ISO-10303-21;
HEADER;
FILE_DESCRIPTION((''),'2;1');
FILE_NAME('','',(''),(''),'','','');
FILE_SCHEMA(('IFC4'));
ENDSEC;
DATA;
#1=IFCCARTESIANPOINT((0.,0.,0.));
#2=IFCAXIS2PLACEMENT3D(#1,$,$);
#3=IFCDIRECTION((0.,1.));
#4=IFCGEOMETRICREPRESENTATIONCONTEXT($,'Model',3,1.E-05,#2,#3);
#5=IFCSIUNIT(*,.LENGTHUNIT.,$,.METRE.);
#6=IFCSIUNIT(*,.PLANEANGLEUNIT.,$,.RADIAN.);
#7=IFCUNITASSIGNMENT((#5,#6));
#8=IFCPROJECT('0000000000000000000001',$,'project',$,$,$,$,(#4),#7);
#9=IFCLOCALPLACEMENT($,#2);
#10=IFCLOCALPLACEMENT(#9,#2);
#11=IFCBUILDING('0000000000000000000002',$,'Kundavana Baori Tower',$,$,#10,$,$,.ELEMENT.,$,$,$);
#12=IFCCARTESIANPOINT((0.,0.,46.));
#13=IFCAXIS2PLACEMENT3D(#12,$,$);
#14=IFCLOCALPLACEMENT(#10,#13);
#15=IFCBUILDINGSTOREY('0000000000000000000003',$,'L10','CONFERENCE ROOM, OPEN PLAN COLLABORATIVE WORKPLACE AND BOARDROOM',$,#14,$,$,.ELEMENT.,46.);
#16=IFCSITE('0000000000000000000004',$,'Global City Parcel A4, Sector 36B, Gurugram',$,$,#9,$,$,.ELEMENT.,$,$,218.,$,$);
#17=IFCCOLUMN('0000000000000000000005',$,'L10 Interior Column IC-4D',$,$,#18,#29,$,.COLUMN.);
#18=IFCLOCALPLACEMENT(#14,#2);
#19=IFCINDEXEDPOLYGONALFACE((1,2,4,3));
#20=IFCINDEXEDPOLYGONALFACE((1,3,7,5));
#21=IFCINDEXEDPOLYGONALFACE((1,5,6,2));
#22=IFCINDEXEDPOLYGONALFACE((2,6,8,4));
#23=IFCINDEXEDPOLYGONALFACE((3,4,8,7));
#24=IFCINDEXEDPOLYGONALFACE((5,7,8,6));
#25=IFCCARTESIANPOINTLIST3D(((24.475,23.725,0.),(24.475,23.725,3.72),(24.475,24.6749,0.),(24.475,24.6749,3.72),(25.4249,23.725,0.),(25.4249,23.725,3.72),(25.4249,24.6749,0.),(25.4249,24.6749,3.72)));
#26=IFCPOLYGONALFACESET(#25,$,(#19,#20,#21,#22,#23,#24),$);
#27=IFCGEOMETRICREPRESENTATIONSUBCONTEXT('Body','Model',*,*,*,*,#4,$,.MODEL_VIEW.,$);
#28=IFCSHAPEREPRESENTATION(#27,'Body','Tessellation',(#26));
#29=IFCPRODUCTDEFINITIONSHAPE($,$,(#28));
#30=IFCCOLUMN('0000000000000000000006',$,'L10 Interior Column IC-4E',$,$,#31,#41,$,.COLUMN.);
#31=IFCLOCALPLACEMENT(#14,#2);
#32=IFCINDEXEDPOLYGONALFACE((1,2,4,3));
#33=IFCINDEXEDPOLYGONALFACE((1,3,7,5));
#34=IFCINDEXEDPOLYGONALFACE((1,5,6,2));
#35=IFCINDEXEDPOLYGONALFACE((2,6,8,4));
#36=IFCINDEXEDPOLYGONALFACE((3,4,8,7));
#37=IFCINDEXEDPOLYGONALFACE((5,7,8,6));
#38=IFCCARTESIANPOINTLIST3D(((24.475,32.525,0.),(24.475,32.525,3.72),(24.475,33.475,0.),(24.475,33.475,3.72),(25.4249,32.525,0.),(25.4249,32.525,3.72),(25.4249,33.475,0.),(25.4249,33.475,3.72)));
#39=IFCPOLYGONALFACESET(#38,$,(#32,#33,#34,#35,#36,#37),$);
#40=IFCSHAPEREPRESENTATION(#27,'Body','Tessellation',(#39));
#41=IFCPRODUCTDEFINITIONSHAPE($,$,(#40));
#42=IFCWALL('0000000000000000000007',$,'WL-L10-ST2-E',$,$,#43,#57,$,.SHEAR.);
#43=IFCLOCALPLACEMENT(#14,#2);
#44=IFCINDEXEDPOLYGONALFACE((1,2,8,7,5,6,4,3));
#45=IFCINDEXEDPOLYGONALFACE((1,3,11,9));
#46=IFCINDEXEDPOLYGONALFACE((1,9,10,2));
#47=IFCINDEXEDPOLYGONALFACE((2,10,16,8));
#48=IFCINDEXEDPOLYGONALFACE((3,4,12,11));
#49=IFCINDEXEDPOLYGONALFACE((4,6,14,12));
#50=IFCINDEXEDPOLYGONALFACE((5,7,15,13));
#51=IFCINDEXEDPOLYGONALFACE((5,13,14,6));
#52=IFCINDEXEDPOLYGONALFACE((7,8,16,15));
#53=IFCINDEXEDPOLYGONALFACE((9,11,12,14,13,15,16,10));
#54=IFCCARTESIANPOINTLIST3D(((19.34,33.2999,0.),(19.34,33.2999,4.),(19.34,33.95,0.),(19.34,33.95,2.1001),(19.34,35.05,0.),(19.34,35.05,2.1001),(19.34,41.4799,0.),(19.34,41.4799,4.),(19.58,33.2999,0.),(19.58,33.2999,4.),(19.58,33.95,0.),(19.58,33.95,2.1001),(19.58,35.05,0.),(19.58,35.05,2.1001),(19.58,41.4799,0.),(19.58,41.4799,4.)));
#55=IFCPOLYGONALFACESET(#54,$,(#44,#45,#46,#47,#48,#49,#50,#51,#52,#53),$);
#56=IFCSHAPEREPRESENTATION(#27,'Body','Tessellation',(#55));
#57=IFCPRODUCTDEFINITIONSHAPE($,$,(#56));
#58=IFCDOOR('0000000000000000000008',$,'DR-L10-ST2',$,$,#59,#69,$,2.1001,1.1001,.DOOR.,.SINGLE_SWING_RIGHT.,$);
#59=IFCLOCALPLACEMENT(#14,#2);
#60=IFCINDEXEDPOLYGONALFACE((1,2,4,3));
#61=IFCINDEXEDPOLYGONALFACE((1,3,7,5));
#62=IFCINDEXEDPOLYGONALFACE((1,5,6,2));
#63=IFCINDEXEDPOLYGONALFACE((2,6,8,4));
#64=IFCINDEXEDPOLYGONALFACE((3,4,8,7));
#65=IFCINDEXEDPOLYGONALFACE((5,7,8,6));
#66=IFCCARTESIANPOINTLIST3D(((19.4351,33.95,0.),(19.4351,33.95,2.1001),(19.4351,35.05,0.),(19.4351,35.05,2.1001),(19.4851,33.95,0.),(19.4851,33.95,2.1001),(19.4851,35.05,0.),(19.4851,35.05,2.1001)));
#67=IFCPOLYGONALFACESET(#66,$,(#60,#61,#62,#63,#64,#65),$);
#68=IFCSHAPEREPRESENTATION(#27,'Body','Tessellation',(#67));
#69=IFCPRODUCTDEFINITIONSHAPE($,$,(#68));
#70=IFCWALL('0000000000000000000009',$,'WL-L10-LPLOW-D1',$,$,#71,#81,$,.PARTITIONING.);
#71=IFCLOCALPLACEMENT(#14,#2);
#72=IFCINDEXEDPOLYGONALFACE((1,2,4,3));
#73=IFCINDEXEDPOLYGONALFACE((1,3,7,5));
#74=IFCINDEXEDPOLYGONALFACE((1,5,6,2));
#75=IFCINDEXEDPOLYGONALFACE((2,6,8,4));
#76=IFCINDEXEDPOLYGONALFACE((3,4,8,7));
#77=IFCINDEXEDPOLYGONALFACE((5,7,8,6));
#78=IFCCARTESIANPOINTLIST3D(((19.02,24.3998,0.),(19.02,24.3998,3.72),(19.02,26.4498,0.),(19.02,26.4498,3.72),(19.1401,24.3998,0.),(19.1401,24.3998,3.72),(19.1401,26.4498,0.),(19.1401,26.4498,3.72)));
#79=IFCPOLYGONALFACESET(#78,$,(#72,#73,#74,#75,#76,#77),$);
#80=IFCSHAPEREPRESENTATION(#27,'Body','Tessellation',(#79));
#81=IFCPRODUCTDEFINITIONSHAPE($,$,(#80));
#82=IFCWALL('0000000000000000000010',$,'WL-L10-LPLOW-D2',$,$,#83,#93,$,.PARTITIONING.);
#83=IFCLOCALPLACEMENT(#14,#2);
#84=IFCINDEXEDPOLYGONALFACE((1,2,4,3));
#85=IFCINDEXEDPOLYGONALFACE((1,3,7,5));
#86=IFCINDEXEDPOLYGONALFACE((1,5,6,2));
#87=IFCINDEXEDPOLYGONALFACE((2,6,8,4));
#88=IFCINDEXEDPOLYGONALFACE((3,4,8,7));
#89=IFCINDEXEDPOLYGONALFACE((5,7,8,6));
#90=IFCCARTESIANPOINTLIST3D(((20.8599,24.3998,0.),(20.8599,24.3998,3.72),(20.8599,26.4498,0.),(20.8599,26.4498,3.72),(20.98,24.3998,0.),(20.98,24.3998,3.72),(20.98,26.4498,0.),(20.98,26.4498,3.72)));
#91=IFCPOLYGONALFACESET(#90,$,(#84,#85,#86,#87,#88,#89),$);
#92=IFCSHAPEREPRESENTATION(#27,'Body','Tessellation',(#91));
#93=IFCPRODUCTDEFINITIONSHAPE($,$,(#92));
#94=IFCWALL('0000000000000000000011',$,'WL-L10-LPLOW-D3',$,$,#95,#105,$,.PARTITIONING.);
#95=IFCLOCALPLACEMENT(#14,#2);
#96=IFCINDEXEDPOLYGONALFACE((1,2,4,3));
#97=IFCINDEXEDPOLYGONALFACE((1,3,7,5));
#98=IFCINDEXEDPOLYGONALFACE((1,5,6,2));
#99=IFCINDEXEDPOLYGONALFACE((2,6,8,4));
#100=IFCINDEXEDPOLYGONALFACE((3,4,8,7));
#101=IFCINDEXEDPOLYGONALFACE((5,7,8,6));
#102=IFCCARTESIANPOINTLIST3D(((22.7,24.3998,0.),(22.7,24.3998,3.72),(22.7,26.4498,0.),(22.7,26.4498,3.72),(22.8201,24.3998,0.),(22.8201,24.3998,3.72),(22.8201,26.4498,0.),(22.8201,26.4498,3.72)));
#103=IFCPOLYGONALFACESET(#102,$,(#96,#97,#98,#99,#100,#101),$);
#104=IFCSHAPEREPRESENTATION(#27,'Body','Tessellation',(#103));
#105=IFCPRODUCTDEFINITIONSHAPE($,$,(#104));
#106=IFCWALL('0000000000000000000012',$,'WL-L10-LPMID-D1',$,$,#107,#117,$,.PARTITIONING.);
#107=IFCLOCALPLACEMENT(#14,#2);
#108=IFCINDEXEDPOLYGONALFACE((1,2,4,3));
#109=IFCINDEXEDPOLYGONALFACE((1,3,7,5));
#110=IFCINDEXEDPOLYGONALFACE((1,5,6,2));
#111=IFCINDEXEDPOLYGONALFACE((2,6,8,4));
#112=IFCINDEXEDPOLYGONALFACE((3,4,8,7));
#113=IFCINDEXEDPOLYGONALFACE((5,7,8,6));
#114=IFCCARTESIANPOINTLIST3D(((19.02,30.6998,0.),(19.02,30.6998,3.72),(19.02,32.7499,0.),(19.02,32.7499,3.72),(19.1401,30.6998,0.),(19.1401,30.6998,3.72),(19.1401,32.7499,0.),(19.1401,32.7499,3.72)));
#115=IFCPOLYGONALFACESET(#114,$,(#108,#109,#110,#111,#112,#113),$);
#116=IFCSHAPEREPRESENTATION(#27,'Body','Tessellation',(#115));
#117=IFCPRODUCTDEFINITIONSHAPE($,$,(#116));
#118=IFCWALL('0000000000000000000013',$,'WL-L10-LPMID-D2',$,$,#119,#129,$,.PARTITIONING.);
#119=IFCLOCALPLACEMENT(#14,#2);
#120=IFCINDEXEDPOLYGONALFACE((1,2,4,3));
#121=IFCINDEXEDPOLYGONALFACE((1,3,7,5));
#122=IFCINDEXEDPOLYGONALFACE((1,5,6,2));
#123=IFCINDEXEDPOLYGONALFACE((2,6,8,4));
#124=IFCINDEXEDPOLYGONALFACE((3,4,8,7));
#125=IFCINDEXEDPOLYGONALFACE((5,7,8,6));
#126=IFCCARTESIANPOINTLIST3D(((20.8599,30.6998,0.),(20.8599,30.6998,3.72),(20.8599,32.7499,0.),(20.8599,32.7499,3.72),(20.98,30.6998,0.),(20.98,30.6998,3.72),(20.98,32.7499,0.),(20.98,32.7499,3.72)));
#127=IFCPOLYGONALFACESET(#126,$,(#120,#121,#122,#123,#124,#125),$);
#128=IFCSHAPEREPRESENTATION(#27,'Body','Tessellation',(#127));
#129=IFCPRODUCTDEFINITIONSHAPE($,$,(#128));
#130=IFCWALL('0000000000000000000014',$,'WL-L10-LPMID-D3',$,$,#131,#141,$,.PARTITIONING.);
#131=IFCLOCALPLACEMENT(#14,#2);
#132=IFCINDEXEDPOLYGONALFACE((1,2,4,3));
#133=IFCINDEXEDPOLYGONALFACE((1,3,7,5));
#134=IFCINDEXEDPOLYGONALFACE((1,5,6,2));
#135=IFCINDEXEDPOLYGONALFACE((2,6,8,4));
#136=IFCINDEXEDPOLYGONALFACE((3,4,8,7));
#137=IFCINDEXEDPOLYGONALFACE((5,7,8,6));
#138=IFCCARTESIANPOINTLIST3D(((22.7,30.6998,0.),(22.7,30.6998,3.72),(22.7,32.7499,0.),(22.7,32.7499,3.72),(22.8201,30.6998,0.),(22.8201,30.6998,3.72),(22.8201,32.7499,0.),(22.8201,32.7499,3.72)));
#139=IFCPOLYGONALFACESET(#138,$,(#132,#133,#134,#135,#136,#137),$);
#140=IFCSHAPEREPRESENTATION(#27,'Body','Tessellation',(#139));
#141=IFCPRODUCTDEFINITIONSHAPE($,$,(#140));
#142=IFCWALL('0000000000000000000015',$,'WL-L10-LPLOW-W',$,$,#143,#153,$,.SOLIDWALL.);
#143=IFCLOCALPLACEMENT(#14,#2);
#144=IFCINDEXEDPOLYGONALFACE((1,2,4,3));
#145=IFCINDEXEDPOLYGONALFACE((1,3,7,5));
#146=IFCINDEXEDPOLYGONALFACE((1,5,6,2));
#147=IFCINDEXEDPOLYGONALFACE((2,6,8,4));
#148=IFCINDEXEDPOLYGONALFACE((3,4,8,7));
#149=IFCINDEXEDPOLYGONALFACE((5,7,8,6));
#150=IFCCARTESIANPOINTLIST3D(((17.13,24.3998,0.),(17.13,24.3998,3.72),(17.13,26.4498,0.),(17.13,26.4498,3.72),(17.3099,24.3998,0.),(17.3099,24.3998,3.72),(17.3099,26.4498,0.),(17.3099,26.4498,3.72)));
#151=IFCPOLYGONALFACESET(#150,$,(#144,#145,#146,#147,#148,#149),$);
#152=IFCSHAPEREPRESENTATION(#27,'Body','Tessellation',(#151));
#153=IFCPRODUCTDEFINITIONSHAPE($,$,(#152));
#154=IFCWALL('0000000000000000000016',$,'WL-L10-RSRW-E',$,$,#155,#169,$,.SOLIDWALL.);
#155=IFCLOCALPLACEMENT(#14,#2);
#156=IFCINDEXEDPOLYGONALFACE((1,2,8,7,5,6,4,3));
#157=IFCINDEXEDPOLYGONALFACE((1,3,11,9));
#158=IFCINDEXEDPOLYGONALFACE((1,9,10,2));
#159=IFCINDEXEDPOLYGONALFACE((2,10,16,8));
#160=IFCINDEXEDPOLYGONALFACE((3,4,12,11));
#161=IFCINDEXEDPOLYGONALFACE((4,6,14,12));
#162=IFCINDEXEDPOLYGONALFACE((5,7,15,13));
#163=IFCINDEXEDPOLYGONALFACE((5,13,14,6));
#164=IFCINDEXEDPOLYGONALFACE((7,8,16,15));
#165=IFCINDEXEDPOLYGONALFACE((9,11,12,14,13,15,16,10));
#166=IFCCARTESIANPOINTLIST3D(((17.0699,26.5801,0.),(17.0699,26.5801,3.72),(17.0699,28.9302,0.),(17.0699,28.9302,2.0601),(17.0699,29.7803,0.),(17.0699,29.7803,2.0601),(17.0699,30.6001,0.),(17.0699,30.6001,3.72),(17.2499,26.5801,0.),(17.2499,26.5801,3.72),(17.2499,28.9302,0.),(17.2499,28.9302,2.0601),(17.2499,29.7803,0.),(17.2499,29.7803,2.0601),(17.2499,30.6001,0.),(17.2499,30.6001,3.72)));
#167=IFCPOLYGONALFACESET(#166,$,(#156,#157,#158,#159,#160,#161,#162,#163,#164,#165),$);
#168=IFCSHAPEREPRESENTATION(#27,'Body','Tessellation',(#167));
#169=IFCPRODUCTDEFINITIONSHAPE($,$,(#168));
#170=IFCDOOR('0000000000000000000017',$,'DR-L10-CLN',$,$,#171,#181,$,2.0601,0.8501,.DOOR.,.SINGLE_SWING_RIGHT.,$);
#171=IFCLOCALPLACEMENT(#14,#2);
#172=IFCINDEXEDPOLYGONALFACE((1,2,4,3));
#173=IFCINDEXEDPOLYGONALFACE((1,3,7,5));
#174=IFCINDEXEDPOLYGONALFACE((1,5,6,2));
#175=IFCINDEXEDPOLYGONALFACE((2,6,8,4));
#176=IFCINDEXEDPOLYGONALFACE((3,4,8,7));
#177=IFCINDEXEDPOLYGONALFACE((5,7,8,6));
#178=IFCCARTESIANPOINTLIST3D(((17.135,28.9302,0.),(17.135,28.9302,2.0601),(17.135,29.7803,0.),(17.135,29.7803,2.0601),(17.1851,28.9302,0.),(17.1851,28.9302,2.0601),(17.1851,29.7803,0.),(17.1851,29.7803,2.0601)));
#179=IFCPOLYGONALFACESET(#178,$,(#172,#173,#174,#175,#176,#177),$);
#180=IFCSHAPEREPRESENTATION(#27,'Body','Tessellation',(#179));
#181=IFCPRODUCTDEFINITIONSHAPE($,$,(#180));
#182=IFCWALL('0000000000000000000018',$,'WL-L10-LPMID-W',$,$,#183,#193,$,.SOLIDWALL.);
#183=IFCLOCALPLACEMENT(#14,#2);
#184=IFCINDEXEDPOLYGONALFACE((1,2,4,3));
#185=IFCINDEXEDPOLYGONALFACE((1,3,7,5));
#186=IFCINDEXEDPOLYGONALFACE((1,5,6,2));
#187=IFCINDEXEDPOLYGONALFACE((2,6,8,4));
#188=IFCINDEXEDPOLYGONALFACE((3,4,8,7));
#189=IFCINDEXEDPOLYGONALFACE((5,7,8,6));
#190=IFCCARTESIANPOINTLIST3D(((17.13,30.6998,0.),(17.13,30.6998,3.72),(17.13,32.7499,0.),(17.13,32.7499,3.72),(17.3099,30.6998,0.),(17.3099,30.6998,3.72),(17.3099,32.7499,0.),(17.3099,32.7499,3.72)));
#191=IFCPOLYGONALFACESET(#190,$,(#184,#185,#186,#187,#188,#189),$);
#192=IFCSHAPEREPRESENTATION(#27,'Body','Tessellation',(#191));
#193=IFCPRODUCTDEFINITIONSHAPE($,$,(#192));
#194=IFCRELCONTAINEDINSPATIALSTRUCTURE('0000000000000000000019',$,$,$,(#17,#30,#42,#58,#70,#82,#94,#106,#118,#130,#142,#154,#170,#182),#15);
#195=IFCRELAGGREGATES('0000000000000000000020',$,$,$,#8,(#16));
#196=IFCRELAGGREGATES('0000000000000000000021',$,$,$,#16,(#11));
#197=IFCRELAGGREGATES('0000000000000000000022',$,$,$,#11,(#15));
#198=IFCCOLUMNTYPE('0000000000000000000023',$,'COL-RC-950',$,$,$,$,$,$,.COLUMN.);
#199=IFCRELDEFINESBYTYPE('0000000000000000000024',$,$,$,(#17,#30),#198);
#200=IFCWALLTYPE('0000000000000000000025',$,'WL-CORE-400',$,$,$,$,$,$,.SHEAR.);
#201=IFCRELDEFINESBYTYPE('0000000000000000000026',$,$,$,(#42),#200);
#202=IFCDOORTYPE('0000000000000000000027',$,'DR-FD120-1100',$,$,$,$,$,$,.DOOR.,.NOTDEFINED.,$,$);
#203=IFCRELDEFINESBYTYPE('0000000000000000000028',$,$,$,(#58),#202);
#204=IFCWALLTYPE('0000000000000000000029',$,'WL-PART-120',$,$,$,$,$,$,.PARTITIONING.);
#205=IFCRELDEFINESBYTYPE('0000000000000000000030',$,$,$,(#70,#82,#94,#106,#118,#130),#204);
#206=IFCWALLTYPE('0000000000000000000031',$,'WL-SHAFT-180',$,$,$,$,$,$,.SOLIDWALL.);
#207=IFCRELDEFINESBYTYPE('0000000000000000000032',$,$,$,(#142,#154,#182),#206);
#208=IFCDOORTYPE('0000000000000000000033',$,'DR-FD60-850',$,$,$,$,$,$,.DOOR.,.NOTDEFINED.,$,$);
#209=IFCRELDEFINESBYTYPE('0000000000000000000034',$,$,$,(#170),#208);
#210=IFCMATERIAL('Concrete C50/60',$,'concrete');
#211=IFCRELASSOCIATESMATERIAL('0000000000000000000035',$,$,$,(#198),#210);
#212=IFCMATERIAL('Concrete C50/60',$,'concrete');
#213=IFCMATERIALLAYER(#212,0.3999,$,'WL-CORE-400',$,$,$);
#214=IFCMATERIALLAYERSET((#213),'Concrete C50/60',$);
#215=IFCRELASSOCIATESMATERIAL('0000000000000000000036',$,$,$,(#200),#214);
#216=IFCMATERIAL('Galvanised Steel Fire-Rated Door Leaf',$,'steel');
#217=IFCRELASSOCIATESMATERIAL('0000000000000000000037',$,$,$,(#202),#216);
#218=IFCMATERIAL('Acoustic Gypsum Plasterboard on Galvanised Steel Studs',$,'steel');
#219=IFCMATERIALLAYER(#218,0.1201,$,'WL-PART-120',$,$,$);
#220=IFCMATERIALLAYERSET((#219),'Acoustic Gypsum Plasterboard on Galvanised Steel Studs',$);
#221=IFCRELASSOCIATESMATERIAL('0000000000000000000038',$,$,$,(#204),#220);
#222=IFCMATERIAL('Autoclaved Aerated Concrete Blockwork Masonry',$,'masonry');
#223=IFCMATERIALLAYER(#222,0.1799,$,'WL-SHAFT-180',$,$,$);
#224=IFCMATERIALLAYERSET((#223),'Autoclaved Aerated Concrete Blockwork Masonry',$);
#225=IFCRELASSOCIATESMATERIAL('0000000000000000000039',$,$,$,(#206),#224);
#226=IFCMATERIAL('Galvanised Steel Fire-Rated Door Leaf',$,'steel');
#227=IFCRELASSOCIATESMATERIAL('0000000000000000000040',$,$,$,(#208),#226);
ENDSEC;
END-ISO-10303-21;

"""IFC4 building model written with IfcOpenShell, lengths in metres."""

from ifc_helpers import new_model, si_unit, direction, frame, frame_2d, origin, origin_2d, place, context, subcontext, project, spatial, rectangle, extrude, material, layer, layer_set, material_profile, profile_set, type_object, element, fill, save


model = new_model("IFC4")

# Units and contexts
model_context = context("Model", 3, precision=1e-05, world=origin(), true_north=direction((0.0, 1.0)))
body_context = subcontext(model_context, "Body", "Model", "MODEL_VIEW")
ifc_project = project(units=[si_unit("LENGTHUNIT", "METRE"), si_unit("PLANEANGLEUNIT", "RADIAN")], contexts=[model_context])

# Site, building, storey
site_placement = place(None, origin())
site = spatial("IfcSite", under=ifc_project, at=site_placement, Name="Global City Parcel A4, Sector 36B, Gurugram", CompositionType="ELEMENT", RefElevation=218.0)
building_placement = place(site_placement, origin())
building = spatial("IfcBuilding", under=site, at=building_placement, Name="Kundavana Baori Tower", CompositionType="ELEMENT")
storey_placement = place(building_placement, frame((0.0, 0.0, 46.0)))
storey = spatial("IfcBuildingStorey", under=building, at=storey_placement, Name="L10", Description="CONFERENCE ROOM, OPEN PLAN COLLABORATIVE WORKPLACE AND BOARDROOM", CompositionType="ELEMENT", Elevation=46.0)

# Columns
ifc_material_1 = material(Name="Concrete C50/60", Category="concrete")
ifc_material_profile = material_profile(ifc_material_1, rectangle(XDim=0.95, YDim=0.95, at=origin_2d()), Name="RC 950x950")
ifc_profile_set = profile_set([ifc_material_profile], Name="Concrete C50/60")
column_type = type_object("IfcColumnType", Name="COL-RC-950", PredefinedType="COLUMN", material=ifc_profile_set)
for number, where, z_axis, x_axis, name in (
    (1, (24.95, 24.2, 0.0), (0.0, 0.0, 1.0), (1.0, 0.0, 0.0), "L10 Interior Column IC-4D"),
    (2, (24.95, 33.0, 0.0), (0.0, 0.0, 1.0), (1.0, 0.0, 0.0), "L10 Interior Column IC-4E"),
):
    element("IfcColumn", number, at=place(storey_placement, frame(where, z_axis=z_axis, x_axis=x_axis)), inside=storey, type_object=column_type, Name=name, PredefinedType="COLUMN", context=body_context, shape_type="SweptSolid", body=[
        extrude(rectangle(XDim=0.95, YDim=0.95, at=origin_2d()), origin(), (0.0, 0.0, 1.0), 3.72),
    ])

# Wall, opening, door
ifc_material_2 = material(Name="Concrete C50/60", Category="concrete")
ifc_layer_1 = layer(ifc_material_2, 0.3999, Name="WL-CORE-400")
ifc_layer_set_1 = layer_set([ifc_layer_1], Name="Concrete C50/60")
wall_type_1 = type_object("IfcWallType", Name="WL-CORE-400", PredefinedType="SHEAR", material=ifc_layer_set_1)
wall_1_placement = place(storey_placement, frame((19.46, 33.3, 0.0), z_axis=(0.0, 0.0, 1.0), x_axis=(0.0, 1.0, 0.0)))
wall_1 = element("IfcWall", 3, at=wall_1_placement, inside=storey, type_object=wall_type_1, Name="WL-L10-ST2-E", PredefinedType="SHEAR", context=body_context, shape_type="SweptSolid", body=[
    extrude(rectangle(XDim=8.1799, YDim=0.24, at=frame_2d((4.0898, 0.0))), origin(), (0.0, 0.0, 1.0), 4.0),
])
opening_1_placement = place(wall_1_placement, frame((0.6499, 0.0, 0.0)))
opening_1 = element("IfcOpeningElement", 4, at=opening_1_placement, cuts=wall_1, PredefinedType="OPENING", context=body_context, shape_type="SweptSolid", body=[
    extrude(rectangle(XDim=1.1001, YDim=2.1001, at=frame_2d((0.55, 1.05))), frame((0.0, 0.1299, 0.0), z_axis=(0.0, -1.0, 0.0), x_axis=(1.0, 0.0, 0.0)), (0.0, 0.0, 1.0), 0.26),
])
ifc_material_3 = material(Name="Galvanised Steel Fire-Rated Door Leaf", Category="steel")
door_type_1 = type_object("IfcDoorType", Name="DR-FD120-1100", OperationType="NOTDEFINED", PredefinedType="DOOR", material=ifc_material_3)
door_1_placement = place(opening_1_placement, origin())
door_1 = element("IfcDoor", 5, at=door_1_placement, inside=storey, type_object=door_type_1, Name="DR-L10-ST2", OperationType="SINGLE_SWING_RIGHT", OverallHeight=2.1001, OverallWidth=1.1001, PredefinedType="DOOR", context=body_context, shape_type="SweptSolid", body=[
    extrude(rectangle(XDim=1.1001, YDim=2.1001, at=frame_2d((0.55, 1.05))), frame((0.0, 0.0249, 0.0), z_axis=(0.0, -1.0, 0.0), x_axis=(1.0, 0.0, 0.0)), (0.0, 0.0, 1.0), 0.05),
])
fill(opening_1, door_1)

# Walls
ifc_material_4 = material(Name="Acoustic Gypsum Plasterboard on Galvanised Steel Studs", Category="steel")
ifc_layer_2 = layer(ifc_material_4, 0.1201, Name="WL-PART-120")
ifc_layer_set_2 = layer_set([ifc_layer_2], Name="Acoustic Gypsum Plasterboard on Galvanised Steel Studs")
wall_type_2 = type_object("IfcWallType", Name="WL-PART-120", PredefinedType="PARTITIONING", material=ifc_layer_set_2)
for number, where, z_axis, x_axis, name in (
    (6, (19.0801, 24.3999, 0.0), (0.0, 0.0, 1.0), (0.0, 1.0, 0.0), "WL-L10-LPLOW-D1"),
    (7, (20.9199, 24.3999, 0.0), (0.0, 0.0, 1.0), (0.0, 1.0, 0.0), "WL-L10-LPLOW-D2"),
    (8, (22.76, 24.3999, 0.0), (0.0, 0.0, 1.0), (0.0, 1.0, 0.0), "WL-L10-LPLOW-D3"),
    (9, (19.0801, 30.7, 0.0), (0.0, 0.0, 1.0), (0.0, 1.0, 0.0), "WL-L10-LPMID-D1"),
    (10, (20.9199, 30.7, 0.0), (0.0, 0.0, 1.0), (0.0, 1.0, 0.0), "WL-L10-LPMID-D2"),
    (11, (22.76, 30.7, 0.0), (0.0, 0.0, 1.0), (0.0, 1.0, 0.0), "WL-L10-LPMID-D3"),
):
    element("IfcWall", number, at=place(storey_placement, frame(where, z_axis=z_axis, x_axis=x_axis)), inside=storey, type_object=wall_type_2, Name=name, PredefinedType="PARTITIONING", context=body_context, shape_type="SweptSolid", body=[
        extrude(rectangle(XDim=2.05, YDim=0.1201, at=frame_2d((1.0249, 0.0))), origin(), (0.0, 0.0, 1.0), 3.72),
    ])
ifc_material_5 = material(Name="Autoclaved Aerated Concrete Blockwork Masonry", Category="masonry")
ifc_layer_3 = layer(ifc_material_5, 0.1799, Name="WL-SHAFT-180")
ifc_layer_set_3 = layer_set([ifc_layer_3], Name="Autoclaved Aerated Concrete Blockwork Masonry")
wall_type_3 = type_object("IfcWallType", Name="WL-SHAFT-180", PredefinedType="SOLIDWALL", material=ifc_layer_set_3)
wall_2_placement = place(storey_placement, frame((17.22, 24.3999, 0.0), z_axis=(0.0, 0.0, 1.0), x_axis=(0.0, 1.0, 0.0)))
element("IfcWall", 12, at=wall_2_placement, inside=storey, type_object=wall_type_3, Name="WL-L10-LPLOW-W", PredefinedType="SOLIDWALL", context=body_context, shape_type="SweptSolid", body=[
    extrude(rectangle(XDim=2.05, YDim=0.1799, at=frame_2d((1.0249, 0.0))), origin(), (0.0, 0.0, 1.0), 3.72),
])

# Wall, opening, door
wall_3_placement = place(storey_placement, frame((17.1599, 26.5801, 0.0), z_axis=(0.0, 0.0, 1.0), x_axis=(0.0, 1.0, 0.0)))
wall_3 = element("IfcWall", 13, at=wall_3_placement, inside=storey, type_object=wall_type_3, Name="WL-L10-RSRW-E", PredefinedType="SOLIDWALL", context=body_context, shape_type="SweptSolid", body=[
    extrude(rectangle(XDim=4.02, YDim=0.1799, at=frame_2d((2.01, 0.0))), origin(), (0.0, 0.0, 1.0), 3.72),
])
opening_2_placement = place(wall_3_placement, frame((2.3501, 0.0, 0.0)))
opening_2 = element("IfcOpeningElement", 14, at=opening_2_placement, cuts=wall_3, PredefinedType="OPENING", context=body_context, shape_type="SweptSolid", body=[
    extrude(rectangle(XDim=0.8501, YDim=2.0601, at=frame_2d((0.425, 1.03))), frame((0.0, 0.1001, 0.0), z_axis=(0.0, -1.0, 0.0), x_axis=(1.0, 0.0, 0.0)), (0.0, 0.0, 1.0), 0.2),
])
ifc_material_6 = material(Name="Galvanised Steel Fire-Rated Door Leaf", Category="steel")
door_type_2 = type_object("IfcDoorType", Name="DR-FD60-850", OperationType="NOTDEFINED", PredefinedType="DOOR", material=ifc_material_6)
door_2_placement = place(opening_2_placement, origin())
door_2 = element("IfcDoor", 15, at=door_2_placement, inside=storey, type_object=door_type_2, Name="DR-L10-CLN", OperationType="SINGLE_SWING_RIGHT", OverallHeight=2.0601, OverallWidth=0.8501, PredefinedType="DOOR", context=body_context, shape_type="SweptSolid", body=[
    extrude(rectangle(XDim=0.8501, YDim=2.0601, at=frame_2d((0.425, 1.03))), frame((0.0, 0.0249, 0.0), z_axis=(0.0, -1.0, 0.0), x_axis=(1.0, 0.0, 0.0)), (0.0, 0.0, 1.0), 0.05),
])
fill(opening_2, door_2)

# Wall
wall_4_placement = place(storey_placement, frame((17.22, 30.7, 0.0), z_axis=(0.0, 0.0, 1.0), x_axis=(0.0, 1.0, 0.0)))
element("IfcWall", 16, at=wall_4_placement, inside=storey, type_object=wall_type_3, Name="WL-L10-LPMID-W", PredefinedType="SOLIDWALL", context=body_context, shape_type="SweptSolid", body=[
    extrude(rectangle(XDim=2.05, YDim=0.1799, at=frame_2d((1.0249, 0.0))), origin(), (0.0, 0.0, 1.0), 3.72),
])

save(model, "model.ifc")
